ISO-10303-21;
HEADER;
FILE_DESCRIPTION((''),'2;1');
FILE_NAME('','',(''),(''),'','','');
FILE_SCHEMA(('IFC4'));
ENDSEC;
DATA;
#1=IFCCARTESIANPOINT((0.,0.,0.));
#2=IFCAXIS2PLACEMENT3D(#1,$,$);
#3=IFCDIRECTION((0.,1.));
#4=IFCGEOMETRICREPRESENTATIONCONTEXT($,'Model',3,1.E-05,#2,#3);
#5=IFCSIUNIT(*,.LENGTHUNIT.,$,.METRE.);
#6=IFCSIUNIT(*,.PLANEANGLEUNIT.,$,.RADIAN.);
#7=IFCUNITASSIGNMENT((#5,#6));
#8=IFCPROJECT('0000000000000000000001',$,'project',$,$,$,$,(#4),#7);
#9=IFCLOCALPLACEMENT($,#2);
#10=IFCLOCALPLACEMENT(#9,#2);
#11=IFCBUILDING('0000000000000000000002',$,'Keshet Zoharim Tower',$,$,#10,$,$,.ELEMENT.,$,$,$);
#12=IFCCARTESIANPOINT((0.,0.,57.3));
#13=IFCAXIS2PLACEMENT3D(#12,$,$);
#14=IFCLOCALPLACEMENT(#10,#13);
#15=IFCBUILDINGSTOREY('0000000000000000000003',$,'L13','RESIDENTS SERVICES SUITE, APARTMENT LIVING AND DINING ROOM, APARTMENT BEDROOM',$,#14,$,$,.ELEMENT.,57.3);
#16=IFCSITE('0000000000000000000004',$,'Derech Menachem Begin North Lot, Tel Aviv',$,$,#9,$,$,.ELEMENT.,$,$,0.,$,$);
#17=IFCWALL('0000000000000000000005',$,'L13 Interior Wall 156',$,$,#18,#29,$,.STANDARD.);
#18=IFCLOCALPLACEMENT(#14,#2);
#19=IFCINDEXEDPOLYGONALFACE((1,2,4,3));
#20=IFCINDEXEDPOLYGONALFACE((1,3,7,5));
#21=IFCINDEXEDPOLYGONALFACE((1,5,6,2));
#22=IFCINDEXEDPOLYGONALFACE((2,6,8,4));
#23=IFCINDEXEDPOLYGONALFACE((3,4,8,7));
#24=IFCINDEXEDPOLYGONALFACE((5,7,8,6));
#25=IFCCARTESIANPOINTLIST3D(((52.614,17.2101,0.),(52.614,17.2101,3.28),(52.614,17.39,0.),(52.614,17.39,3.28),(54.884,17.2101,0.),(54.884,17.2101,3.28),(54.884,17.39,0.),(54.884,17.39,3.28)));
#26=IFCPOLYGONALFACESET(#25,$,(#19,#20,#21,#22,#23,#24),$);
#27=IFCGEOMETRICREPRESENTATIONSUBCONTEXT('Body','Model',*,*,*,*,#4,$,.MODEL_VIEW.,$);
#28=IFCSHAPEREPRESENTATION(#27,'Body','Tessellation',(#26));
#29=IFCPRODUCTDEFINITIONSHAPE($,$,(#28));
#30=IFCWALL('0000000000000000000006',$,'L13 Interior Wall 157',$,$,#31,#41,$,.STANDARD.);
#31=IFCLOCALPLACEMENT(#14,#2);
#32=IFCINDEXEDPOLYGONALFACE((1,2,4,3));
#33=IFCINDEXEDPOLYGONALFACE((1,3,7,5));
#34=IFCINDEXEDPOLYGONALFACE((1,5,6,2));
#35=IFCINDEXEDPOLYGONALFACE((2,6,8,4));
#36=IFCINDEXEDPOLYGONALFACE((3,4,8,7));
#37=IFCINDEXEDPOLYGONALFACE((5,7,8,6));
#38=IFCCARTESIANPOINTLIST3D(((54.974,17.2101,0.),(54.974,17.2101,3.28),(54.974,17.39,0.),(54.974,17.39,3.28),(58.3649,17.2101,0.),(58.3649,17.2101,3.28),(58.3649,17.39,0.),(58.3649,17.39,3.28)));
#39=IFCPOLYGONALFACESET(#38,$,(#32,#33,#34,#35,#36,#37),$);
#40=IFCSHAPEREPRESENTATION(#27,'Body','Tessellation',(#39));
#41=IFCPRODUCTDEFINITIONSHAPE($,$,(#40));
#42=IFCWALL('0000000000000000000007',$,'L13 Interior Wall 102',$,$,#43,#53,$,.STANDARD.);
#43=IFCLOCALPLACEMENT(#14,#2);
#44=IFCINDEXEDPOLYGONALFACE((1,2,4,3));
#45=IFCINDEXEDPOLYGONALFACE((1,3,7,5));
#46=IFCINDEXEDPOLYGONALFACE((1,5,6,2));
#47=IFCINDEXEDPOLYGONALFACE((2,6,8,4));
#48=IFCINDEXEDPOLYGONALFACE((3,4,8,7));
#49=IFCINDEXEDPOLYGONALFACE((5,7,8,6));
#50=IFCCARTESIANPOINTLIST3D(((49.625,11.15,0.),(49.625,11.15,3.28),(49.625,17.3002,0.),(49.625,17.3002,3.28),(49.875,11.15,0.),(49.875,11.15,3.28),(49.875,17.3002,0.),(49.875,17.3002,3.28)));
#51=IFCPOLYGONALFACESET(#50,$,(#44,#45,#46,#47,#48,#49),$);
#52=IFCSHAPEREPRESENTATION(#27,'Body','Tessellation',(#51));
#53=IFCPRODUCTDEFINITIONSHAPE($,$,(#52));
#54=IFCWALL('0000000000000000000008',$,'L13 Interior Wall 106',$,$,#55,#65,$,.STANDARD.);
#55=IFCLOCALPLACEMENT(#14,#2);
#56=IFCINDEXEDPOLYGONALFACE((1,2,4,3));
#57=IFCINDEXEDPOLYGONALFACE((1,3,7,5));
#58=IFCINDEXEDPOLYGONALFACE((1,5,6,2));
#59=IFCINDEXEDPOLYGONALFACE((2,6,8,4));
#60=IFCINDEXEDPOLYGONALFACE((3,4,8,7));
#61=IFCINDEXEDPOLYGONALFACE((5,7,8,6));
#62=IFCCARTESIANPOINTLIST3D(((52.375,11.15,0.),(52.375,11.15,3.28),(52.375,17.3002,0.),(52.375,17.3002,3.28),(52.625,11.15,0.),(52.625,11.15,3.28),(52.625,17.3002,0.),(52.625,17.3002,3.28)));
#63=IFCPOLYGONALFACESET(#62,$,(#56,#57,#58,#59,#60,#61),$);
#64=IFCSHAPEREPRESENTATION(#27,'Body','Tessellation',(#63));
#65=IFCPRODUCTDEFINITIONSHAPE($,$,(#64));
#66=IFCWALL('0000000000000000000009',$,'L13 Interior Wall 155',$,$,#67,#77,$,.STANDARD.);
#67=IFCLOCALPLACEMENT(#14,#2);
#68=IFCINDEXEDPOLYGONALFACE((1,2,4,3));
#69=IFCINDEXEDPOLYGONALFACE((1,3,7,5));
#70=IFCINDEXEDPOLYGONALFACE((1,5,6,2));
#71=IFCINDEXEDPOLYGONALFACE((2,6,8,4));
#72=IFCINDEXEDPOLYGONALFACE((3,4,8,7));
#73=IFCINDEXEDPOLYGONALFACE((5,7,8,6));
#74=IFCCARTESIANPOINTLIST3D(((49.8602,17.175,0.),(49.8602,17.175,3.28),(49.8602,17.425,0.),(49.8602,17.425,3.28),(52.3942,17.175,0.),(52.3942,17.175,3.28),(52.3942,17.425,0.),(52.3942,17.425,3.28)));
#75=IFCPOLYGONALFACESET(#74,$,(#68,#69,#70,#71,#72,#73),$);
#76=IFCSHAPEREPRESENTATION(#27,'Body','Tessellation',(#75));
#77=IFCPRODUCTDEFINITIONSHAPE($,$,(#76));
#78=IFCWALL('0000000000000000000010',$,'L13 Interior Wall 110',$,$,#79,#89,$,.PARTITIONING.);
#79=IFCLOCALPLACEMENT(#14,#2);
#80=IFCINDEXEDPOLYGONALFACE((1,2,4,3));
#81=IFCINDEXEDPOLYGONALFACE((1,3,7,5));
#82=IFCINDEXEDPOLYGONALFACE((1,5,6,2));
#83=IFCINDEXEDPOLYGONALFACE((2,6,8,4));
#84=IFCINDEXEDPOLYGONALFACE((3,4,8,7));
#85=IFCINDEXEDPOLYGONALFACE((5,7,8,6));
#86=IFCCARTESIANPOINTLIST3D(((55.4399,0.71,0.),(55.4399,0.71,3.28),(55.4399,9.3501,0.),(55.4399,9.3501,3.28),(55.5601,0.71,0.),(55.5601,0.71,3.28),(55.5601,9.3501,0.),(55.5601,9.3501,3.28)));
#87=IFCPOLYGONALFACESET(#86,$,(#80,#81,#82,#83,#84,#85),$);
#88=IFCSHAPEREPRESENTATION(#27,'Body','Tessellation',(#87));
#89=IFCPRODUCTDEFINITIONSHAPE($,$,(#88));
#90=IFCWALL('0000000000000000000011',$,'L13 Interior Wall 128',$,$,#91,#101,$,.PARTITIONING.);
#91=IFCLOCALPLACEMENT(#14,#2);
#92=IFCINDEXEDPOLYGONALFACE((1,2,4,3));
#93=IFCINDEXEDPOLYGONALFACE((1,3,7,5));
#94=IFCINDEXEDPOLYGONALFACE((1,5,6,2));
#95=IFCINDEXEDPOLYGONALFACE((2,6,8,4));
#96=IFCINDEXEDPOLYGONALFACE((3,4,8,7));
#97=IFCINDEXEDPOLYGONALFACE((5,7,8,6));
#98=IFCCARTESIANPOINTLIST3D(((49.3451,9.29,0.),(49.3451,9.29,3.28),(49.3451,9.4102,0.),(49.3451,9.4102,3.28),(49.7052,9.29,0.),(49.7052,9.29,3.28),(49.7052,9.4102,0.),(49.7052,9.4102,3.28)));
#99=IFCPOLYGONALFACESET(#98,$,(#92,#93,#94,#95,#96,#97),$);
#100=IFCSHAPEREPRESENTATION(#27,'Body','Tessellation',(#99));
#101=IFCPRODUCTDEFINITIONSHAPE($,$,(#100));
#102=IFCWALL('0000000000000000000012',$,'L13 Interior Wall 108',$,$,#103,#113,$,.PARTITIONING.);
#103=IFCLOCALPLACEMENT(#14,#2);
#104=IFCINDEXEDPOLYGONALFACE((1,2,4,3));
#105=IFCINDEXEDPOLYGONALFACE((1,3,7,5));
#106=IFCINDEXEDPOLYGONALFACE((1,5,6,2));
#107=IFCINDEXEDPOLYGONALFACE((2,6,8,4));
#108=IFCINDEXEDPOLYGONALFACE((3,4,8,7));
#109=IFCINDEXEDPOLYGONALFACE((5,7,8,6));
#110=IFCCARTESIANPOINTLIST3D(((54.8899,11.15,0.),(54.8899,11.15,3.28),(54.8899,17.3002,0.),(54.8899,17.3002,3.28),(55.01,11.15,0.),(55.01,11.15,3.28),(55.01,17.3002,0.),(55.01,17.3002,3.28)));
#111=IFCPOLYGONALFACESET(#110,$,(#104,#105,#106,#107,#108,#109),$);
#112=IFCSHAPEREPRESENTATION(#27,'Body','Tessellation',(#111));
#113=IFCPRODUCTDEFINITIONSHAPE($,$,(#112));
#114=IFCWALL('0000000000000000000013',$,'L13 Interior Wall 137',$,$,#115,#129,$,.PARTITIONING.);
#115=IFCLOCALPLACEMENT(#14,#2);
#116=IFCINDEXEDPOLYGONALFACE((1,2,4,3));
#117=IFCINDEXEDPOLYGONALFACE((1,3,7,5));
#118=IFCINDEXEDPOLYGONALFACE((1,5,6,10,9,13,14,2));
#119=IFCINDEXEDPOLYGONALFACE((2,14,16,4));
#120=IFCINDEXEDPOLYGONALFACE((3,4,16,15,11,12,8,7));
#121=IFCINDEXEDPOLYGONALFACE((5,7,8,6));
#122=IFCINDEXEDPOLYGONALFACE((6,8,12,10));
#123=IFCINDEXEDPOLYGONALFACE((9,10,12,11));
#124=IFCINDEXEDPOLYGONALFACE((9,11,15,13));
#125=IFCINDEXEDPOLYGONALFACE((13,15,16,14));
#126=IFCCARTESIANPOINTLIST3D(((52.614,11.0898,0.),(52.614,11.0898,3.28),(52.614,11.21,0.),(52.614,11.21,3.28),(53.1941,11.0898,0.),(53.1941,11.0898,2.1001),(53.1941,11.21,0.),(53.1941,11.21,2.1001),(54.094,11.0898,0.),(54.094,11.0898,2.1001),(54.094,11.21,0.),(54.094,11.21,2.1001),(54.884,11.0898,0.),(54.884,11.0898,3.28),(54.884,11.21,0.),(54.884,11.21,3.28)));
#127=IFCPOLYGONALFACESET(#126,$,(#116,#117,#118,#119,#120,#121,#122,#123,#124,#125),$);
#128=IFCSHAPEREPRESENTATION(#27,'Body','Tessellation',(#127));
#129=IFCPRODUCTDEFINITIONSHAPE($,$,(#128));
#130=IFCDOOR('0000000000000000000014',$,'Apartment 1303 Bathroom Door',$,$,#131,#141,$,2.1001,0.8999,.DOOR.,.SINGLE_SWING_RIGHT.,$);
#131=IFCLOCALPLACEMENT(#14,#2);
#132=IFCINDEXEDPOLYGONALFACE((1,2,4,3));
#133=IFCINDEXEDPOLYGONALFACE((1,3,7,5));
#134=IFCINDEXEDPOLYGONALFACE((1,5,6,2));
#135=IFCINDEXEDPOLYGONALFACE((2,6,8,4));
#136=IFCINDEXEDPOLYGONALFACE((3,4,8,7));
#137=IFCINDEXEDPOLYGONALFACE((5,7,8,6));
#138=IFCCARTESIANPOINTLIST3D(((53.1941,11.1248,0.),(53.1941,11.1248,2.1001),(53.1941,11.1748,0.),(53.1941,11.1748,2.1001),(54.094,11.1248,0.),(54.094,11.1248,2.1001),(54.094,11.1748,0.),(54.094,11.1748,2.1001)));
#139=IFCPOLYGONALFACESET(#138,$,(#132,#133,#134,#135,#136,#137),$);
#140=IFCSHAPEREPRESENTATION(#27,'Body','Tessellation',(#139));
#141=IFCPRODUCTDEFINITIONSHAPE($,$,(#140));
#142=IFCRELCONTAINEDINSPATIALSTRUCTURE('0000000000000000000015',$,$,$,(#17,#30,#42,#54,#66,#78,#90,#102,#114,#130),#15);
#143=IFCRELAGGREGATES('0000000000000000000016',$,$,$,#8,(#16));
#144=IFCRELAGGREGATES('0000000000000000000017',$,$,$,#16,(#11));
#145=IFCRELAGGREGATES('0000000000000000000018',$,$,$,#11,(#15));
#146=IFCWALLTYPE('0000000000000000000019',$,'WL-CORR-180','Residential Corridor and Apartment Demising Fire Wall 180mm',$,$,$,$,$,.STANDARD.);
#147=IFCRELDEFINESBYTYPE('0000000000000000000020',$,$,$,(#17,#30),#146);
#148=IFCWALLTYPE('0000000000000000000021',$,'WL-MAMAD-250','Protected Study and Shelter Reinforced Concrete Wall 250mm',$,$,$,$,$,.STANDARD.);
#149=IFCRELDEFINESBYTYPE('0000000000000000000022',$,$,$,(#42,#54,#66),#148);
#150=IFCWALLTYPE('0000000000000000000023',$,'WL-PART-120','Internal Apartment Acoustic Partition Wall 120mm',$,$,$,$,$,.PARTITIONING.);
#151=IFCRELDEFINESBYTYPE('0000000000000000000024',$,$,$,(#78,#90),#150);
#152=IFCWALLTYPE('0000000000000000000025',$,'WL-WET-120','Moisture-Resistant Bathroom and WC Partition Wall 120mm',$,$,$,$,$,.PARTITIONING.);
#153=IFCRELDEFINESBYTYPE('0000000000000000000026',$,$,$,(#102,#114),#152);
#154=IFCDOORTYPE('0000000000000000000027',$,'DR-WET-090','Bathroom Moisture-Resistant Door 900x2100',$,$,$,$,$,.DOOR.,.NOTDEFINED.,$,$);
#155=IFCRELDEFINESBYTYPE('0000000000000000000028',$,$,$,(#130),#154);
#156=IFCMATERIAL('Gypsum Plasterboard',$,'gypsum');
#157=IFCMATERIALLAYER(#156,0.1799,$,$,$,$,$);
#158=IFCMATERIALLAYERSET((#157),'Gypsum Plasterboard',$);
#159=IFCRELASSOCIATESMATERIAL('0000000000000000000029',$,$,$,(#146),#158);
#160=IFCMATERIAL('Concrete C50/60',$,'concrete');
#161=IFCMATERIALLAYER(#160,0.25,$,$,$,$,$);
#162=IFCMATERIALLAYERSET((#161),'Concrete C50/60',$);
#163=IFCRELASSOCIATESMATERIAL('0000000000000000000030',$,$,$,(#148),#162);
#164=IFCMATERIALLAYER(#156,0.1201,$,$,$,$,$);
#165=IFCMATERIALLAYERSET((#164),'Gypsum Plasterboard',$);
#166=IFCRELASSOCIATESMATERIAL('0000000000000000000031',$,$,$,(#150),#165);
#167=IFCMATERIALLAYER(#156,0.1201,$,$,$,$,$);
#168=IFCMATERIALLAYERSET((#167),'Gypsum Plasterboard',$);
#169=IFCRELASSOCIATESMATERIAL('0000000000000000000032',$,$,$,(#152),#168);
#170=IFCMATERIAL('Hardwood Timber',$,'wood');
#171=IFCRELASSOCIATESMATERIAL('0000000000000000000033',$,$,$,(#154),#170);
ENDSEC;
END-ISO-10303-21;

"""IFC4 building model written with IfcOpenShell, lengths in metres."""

from ifc_helpers import new_model, si_unit, direction, frame, frame_2d, origin, place, context, subcontext, project, spatial, rectangle, extrude, material, layer, layer_set, type_object, element, fill, save


model = new_model("IFC4")

# Units and contexts
model_context = context("Model", 3, precision=1e-05, world=origin(), true_north=direction((0.0, 1.0)))
body_context = subcontext(model_context, "Body", "Model", "MODEL_VIEW")
ifc_project = project(units=[si_unit("LENGTHUNIT", "METRE"), si_unit("PLANEANGLEUNIT", "RADIAN")], contexts=[model_context])

# Site, building, storey
site_placement = place(None, origin())
site = spatial("IfcSite", under=ifc_project, at=site_placement, Name="Derech Menachem Begin North Lot, Tel Aviv", CompositionType="ELEMENT", RefElevation=0.0)
building_placement = place(site_placement, origin())
building = spatial("IfcBuilding", under=site, at=building_placement, Name="Keshet Zoharim Tower", CompositionType="ELEMENT")
storey_placement = place(building_placement, frame((0.0, 0.0, 57.3)))
storey = spatial("IfcBuildingStorey", under=building, at=storey_placement, Name="L13", Description="RESIDENTS SERVICES SUITE, APARTMENT LIVING AND DINING ROOM, APARTMENT BEDROOM", CompositionType="ELEMENT", Elevation=57.3)

# Walls
ifc_material_1 = material(Name="Gypsum Plasterboard", Category="gypsum")
ifc_layer_1 = layer(ifc_material_1, 0.1799)
ifc_layer_set_1 = layer_set([ifc_layer_1], Name="Gypsum Plasterboard")
wall_type_1 = type_object("IfcWallType", Name="WL-CORR-180", Description="Residential Corridor and Apartment Demising Fire Wall 180mm", PredefinedType="STANDARD", material=ifc_layer_set_1)
wall_1_placement = place(storey_placement, frame((52.614, 17.3, 0.0), z_axis=(0.0, 0.0, 1.0), x_axis=(1.0, 0.0, 0.0)))
element("IfcWall", 1, at=wall_1_placement, inside=storey, type_object=wall_type_1, Name="L13 Interior Wall 156", PredefinedType="STANDARD", context=body_context, shape_type="SweptSolid", body=[
    extrude(rectangle(XDim=2.27, YDim=0.1799, at=frame_2d((1.135, 0.0))), origin(), (0.0, 0.0, 1.0), 3.28),
])
wall_2_placement = place(storey_placement, frame((54.9741, 17.3, 0.0), z_axis=(0.0, 0.0, 1.0), x_axis=(1.0, 0.0, 0.0)))
element("IfcWall", 2, at=wall_2_placement, inside=storey, type_object=wall_type_1, Name="L13 Interior Wall 157", PredefinedType="STANDARD", context=body_context, shape_type="SweptSolid", body=[
    extrude(rectangle(XDim=3.3909, YDim=0.1799, at=frame_2d((1.6953, 0.0))), origin(), (0.0, 0.0, 1.0), 3.28),
])
ifc_material_2 = material(Name="Concrete C50/60", Category="concrete")
ifc_layer_2 = layer(ifc_material_2, 0.25)
ifc_layer_set_2 = layer_set([ifc_layer_2], Name="Concrete C50/60")
wall_type_2 = type_object("IfcWallType", Name="WL-MAMAD-250", Description="Protected Study and Shelter Reinforced Concrete Wall 250mm", PredefinedType="STANDARD", material=ifc_layer_set_2)
for number, where, z_axis, x_axis, name in (
    (3, (49.75, 11.1499, 0.0), (0.0, 0.0, 1.0), (0.0, 1.0, 0.0), "L13 Interior Wall 102"),
    (4, (52.5, 11.1499, 0.0), (0.0, 0.0, 1.0), (0.0, 1.0, 0.0), "L13 Interior Wall 106"),
):
    element("IfcWall", number, at=place(storey_placement, frame(where, z_axis=z_axis, x_axis=x_axis)), inside=storey, type_object=wall_type_2, Name=name, PredefinedType="STANDARD", context=body_context, shape_type="SweptSolid", body=[
        extrude(rectangle(XDim=6.1501, YDim=0.25, at=frame_2d((3.0752, 0.0))), origin(), (0.0, 0.0, 1.0), 3.28),
    ])

# Shared definitions
ifc_material_3 = material(Name="Hardwood Timber", Category="wood")

# Walls
wall_3_placement = place(storey_placement, frame((49.8601, 17.3, 0.0), z_axis=(0.0, 0.0, 1.0), x_axis=(1.0, 0.0, 0.0)))
element("IfcWall", 5, at=wall_3_placement, inside=storey, type_object=wall_type_2, Name="L13 Interior Wall 155", PredefinedType="STANDARD", context=body_context, shape_type="SweptSolid", body=[
    extrude(rectangle(XDim=2.5339, YDim=0.25, at=frame_2d((1.2671, 0.0))), origin(), (0.0, 0.0, 1.0), 3.28),
])
ifc_layer_3 = layer(ifc_material_1, 0.1201)
ifc_layer_set_3 = layer_set([ifc_layer_3], Name="Gypsum Plasterboard")
wall_type_3 = type_object("IfcWallType", Name="WL-PART-120", Description="Internal Apartment Acoustic Partition Wall 120mm", PredefinedType="PARTITIONING", material=ifc_layer_set_3)
wall_4_placement = place(storey_placement, frame((55.5, 0.71, 0.0), z_axis=(0.0, 0.0, 1.0), x_axis=(0.0, 1.0, 0.0)))
element("IfcWall", 6, at=wall_4_placement, inside=storey, type_object=wall_type_3, Name="L13 Interior Wall 110", PredefinedType="PARTITIONING", context=body_context, shape_type="SweptSolid", body=[
    extrude(rectangle(XDim=8.6401, YDim=0.1201, at=frame_2d((4.3201, 0.0))), origin(), (0.0, 0.0, 1.0), 3.28),
])
wall_5_placement = place(storey_placement, frame((49.345, 9.3501, 0.0), z_axis=(0.0, 0.0, 1.0), x_axis=(1.0, 0.0, 0.0)))
element("IfcWall", 7, at=wall_5_placement, inside=storey, type_object=wall_type_3, Name="L13 Interior Wall 128", PredefinedType="PARTITIONING", context=body_context, shape_type="SweptSolid", body=[
    extrude(rectangle(XDim=0.3601, YDim=0.1201, at=frame_2d((0.1802, 0.0))), origin(), (0.0, 0.0, 1.0), 3.28),
])

# Wall
ifc_layer_4 = layer(ifc_material_1, 0.1201)
ifc_layer_set_4 = layer_set([ifc_layer_4], Name="Gypsum Plasterboard")
wall_type_4 = type_object("IfcWallType", Name="WL-WET-120", Description="Moisture-Resistant Bathroom and WC Partition Wall 120mm", PredefinedType="PARTITIONING", material=ifc_layer_set_4)
wall_6_placement = place(storey_placement, frame((54.95, 11.1499, 0.0), z_axis=(0.0, 0.0, 1.0), x_axis=(0.0, 1.0, 0.0)))
element("IfcWall", 8, at=wall_6_placement, inside=storey, type_object=wall_type_4, Name="L13 Interior Wall 108", PredefinedType="PARTITIONING", context=body_context, shape_type="SweptSolid", body=[
    extrude(rectangle(XDim=6.1501, YDim=0.1201, at=frame_2d((3.0752, 0.0))), origin(), (0.0, 0.0, 1.0), 3.28),
])

# Wall, opening, door
wall_7_placement = place(storey_placement, frame((52.614, 11.1499, 0.0), z_axis=(0.0, 0.0, 1.0), x_axis=(1.0, 0.0, 0.0)))
wall_7 = element("IfcWall", 9, at=wall_7_placement, inside=storey, type_object=wall_type_4, Name="L13 Interior Wall 137", PredefinedType="PARTITIONING", context=body_context, shape_type="SweptSolid", body=[
    extrude(rectangle(XDim=2.27, YDim=0.1201, at=frame_2d((1.135, 0.0))), origin(), (0.0, 0.0, 1.0), 3.28),
])
opening_1_placement = place(wall_7_placement, frame((0.5801, 0.0, 0.0)))
opening_1 = element("IfcOpeningElement", 10, at=opening_1_placement, cuts=wall_7, PredefinedType="OPENING", context=body_context, shape_type="SweptSolid", body=[
    extrude(rectangle(XDim=0.8999, YDim=2.1001, at=frame_2d((0.45, 1.05))), frame((0.0, 0.0701, 0.0), z_axis=(0.0, -1.0, 0.0), x_axis=(1.0, 0.0, 0.0)), (0.0, 0.0, 1.0), 0.1401),
])
door_type_1 = type_object("IfcDoorType", Name="DR-WET-090", Description="Bathroom Moisture-Resistant Door 900x2100", OperationType="NOTDEFINED", PredefinedType="DOOR", material=ifc_material_3)
door_1_placement = place(opening_1_placement, origin())
door_1 = element("IfcDoor", 11, at=door_1_placement, inside=storey, type_object=door_type_1, Name="Apartment 1303 Bathroom Door", OperationType="SINGLE_SWING_RIGHT", OverallHeight=2.1001, OverallWidth=0.8999, PredefinedType="DOOR", context=body_context, shape_type="SweptSolid", body=[
    extrude(rectangle(XDim=0.8999, YDim=2.1001, at=frame_2d((0.45, 1.05))), frame((0.0, 0.0249, 0.0), z_axis=(0.0, -1.0, 0.0), x_axis=(1.0, 0.0, 0.0)), (0.0, 0.0, 1.0), 0.05),
])
fill(opening_1, door_1)

save(model, "model.ifc")
